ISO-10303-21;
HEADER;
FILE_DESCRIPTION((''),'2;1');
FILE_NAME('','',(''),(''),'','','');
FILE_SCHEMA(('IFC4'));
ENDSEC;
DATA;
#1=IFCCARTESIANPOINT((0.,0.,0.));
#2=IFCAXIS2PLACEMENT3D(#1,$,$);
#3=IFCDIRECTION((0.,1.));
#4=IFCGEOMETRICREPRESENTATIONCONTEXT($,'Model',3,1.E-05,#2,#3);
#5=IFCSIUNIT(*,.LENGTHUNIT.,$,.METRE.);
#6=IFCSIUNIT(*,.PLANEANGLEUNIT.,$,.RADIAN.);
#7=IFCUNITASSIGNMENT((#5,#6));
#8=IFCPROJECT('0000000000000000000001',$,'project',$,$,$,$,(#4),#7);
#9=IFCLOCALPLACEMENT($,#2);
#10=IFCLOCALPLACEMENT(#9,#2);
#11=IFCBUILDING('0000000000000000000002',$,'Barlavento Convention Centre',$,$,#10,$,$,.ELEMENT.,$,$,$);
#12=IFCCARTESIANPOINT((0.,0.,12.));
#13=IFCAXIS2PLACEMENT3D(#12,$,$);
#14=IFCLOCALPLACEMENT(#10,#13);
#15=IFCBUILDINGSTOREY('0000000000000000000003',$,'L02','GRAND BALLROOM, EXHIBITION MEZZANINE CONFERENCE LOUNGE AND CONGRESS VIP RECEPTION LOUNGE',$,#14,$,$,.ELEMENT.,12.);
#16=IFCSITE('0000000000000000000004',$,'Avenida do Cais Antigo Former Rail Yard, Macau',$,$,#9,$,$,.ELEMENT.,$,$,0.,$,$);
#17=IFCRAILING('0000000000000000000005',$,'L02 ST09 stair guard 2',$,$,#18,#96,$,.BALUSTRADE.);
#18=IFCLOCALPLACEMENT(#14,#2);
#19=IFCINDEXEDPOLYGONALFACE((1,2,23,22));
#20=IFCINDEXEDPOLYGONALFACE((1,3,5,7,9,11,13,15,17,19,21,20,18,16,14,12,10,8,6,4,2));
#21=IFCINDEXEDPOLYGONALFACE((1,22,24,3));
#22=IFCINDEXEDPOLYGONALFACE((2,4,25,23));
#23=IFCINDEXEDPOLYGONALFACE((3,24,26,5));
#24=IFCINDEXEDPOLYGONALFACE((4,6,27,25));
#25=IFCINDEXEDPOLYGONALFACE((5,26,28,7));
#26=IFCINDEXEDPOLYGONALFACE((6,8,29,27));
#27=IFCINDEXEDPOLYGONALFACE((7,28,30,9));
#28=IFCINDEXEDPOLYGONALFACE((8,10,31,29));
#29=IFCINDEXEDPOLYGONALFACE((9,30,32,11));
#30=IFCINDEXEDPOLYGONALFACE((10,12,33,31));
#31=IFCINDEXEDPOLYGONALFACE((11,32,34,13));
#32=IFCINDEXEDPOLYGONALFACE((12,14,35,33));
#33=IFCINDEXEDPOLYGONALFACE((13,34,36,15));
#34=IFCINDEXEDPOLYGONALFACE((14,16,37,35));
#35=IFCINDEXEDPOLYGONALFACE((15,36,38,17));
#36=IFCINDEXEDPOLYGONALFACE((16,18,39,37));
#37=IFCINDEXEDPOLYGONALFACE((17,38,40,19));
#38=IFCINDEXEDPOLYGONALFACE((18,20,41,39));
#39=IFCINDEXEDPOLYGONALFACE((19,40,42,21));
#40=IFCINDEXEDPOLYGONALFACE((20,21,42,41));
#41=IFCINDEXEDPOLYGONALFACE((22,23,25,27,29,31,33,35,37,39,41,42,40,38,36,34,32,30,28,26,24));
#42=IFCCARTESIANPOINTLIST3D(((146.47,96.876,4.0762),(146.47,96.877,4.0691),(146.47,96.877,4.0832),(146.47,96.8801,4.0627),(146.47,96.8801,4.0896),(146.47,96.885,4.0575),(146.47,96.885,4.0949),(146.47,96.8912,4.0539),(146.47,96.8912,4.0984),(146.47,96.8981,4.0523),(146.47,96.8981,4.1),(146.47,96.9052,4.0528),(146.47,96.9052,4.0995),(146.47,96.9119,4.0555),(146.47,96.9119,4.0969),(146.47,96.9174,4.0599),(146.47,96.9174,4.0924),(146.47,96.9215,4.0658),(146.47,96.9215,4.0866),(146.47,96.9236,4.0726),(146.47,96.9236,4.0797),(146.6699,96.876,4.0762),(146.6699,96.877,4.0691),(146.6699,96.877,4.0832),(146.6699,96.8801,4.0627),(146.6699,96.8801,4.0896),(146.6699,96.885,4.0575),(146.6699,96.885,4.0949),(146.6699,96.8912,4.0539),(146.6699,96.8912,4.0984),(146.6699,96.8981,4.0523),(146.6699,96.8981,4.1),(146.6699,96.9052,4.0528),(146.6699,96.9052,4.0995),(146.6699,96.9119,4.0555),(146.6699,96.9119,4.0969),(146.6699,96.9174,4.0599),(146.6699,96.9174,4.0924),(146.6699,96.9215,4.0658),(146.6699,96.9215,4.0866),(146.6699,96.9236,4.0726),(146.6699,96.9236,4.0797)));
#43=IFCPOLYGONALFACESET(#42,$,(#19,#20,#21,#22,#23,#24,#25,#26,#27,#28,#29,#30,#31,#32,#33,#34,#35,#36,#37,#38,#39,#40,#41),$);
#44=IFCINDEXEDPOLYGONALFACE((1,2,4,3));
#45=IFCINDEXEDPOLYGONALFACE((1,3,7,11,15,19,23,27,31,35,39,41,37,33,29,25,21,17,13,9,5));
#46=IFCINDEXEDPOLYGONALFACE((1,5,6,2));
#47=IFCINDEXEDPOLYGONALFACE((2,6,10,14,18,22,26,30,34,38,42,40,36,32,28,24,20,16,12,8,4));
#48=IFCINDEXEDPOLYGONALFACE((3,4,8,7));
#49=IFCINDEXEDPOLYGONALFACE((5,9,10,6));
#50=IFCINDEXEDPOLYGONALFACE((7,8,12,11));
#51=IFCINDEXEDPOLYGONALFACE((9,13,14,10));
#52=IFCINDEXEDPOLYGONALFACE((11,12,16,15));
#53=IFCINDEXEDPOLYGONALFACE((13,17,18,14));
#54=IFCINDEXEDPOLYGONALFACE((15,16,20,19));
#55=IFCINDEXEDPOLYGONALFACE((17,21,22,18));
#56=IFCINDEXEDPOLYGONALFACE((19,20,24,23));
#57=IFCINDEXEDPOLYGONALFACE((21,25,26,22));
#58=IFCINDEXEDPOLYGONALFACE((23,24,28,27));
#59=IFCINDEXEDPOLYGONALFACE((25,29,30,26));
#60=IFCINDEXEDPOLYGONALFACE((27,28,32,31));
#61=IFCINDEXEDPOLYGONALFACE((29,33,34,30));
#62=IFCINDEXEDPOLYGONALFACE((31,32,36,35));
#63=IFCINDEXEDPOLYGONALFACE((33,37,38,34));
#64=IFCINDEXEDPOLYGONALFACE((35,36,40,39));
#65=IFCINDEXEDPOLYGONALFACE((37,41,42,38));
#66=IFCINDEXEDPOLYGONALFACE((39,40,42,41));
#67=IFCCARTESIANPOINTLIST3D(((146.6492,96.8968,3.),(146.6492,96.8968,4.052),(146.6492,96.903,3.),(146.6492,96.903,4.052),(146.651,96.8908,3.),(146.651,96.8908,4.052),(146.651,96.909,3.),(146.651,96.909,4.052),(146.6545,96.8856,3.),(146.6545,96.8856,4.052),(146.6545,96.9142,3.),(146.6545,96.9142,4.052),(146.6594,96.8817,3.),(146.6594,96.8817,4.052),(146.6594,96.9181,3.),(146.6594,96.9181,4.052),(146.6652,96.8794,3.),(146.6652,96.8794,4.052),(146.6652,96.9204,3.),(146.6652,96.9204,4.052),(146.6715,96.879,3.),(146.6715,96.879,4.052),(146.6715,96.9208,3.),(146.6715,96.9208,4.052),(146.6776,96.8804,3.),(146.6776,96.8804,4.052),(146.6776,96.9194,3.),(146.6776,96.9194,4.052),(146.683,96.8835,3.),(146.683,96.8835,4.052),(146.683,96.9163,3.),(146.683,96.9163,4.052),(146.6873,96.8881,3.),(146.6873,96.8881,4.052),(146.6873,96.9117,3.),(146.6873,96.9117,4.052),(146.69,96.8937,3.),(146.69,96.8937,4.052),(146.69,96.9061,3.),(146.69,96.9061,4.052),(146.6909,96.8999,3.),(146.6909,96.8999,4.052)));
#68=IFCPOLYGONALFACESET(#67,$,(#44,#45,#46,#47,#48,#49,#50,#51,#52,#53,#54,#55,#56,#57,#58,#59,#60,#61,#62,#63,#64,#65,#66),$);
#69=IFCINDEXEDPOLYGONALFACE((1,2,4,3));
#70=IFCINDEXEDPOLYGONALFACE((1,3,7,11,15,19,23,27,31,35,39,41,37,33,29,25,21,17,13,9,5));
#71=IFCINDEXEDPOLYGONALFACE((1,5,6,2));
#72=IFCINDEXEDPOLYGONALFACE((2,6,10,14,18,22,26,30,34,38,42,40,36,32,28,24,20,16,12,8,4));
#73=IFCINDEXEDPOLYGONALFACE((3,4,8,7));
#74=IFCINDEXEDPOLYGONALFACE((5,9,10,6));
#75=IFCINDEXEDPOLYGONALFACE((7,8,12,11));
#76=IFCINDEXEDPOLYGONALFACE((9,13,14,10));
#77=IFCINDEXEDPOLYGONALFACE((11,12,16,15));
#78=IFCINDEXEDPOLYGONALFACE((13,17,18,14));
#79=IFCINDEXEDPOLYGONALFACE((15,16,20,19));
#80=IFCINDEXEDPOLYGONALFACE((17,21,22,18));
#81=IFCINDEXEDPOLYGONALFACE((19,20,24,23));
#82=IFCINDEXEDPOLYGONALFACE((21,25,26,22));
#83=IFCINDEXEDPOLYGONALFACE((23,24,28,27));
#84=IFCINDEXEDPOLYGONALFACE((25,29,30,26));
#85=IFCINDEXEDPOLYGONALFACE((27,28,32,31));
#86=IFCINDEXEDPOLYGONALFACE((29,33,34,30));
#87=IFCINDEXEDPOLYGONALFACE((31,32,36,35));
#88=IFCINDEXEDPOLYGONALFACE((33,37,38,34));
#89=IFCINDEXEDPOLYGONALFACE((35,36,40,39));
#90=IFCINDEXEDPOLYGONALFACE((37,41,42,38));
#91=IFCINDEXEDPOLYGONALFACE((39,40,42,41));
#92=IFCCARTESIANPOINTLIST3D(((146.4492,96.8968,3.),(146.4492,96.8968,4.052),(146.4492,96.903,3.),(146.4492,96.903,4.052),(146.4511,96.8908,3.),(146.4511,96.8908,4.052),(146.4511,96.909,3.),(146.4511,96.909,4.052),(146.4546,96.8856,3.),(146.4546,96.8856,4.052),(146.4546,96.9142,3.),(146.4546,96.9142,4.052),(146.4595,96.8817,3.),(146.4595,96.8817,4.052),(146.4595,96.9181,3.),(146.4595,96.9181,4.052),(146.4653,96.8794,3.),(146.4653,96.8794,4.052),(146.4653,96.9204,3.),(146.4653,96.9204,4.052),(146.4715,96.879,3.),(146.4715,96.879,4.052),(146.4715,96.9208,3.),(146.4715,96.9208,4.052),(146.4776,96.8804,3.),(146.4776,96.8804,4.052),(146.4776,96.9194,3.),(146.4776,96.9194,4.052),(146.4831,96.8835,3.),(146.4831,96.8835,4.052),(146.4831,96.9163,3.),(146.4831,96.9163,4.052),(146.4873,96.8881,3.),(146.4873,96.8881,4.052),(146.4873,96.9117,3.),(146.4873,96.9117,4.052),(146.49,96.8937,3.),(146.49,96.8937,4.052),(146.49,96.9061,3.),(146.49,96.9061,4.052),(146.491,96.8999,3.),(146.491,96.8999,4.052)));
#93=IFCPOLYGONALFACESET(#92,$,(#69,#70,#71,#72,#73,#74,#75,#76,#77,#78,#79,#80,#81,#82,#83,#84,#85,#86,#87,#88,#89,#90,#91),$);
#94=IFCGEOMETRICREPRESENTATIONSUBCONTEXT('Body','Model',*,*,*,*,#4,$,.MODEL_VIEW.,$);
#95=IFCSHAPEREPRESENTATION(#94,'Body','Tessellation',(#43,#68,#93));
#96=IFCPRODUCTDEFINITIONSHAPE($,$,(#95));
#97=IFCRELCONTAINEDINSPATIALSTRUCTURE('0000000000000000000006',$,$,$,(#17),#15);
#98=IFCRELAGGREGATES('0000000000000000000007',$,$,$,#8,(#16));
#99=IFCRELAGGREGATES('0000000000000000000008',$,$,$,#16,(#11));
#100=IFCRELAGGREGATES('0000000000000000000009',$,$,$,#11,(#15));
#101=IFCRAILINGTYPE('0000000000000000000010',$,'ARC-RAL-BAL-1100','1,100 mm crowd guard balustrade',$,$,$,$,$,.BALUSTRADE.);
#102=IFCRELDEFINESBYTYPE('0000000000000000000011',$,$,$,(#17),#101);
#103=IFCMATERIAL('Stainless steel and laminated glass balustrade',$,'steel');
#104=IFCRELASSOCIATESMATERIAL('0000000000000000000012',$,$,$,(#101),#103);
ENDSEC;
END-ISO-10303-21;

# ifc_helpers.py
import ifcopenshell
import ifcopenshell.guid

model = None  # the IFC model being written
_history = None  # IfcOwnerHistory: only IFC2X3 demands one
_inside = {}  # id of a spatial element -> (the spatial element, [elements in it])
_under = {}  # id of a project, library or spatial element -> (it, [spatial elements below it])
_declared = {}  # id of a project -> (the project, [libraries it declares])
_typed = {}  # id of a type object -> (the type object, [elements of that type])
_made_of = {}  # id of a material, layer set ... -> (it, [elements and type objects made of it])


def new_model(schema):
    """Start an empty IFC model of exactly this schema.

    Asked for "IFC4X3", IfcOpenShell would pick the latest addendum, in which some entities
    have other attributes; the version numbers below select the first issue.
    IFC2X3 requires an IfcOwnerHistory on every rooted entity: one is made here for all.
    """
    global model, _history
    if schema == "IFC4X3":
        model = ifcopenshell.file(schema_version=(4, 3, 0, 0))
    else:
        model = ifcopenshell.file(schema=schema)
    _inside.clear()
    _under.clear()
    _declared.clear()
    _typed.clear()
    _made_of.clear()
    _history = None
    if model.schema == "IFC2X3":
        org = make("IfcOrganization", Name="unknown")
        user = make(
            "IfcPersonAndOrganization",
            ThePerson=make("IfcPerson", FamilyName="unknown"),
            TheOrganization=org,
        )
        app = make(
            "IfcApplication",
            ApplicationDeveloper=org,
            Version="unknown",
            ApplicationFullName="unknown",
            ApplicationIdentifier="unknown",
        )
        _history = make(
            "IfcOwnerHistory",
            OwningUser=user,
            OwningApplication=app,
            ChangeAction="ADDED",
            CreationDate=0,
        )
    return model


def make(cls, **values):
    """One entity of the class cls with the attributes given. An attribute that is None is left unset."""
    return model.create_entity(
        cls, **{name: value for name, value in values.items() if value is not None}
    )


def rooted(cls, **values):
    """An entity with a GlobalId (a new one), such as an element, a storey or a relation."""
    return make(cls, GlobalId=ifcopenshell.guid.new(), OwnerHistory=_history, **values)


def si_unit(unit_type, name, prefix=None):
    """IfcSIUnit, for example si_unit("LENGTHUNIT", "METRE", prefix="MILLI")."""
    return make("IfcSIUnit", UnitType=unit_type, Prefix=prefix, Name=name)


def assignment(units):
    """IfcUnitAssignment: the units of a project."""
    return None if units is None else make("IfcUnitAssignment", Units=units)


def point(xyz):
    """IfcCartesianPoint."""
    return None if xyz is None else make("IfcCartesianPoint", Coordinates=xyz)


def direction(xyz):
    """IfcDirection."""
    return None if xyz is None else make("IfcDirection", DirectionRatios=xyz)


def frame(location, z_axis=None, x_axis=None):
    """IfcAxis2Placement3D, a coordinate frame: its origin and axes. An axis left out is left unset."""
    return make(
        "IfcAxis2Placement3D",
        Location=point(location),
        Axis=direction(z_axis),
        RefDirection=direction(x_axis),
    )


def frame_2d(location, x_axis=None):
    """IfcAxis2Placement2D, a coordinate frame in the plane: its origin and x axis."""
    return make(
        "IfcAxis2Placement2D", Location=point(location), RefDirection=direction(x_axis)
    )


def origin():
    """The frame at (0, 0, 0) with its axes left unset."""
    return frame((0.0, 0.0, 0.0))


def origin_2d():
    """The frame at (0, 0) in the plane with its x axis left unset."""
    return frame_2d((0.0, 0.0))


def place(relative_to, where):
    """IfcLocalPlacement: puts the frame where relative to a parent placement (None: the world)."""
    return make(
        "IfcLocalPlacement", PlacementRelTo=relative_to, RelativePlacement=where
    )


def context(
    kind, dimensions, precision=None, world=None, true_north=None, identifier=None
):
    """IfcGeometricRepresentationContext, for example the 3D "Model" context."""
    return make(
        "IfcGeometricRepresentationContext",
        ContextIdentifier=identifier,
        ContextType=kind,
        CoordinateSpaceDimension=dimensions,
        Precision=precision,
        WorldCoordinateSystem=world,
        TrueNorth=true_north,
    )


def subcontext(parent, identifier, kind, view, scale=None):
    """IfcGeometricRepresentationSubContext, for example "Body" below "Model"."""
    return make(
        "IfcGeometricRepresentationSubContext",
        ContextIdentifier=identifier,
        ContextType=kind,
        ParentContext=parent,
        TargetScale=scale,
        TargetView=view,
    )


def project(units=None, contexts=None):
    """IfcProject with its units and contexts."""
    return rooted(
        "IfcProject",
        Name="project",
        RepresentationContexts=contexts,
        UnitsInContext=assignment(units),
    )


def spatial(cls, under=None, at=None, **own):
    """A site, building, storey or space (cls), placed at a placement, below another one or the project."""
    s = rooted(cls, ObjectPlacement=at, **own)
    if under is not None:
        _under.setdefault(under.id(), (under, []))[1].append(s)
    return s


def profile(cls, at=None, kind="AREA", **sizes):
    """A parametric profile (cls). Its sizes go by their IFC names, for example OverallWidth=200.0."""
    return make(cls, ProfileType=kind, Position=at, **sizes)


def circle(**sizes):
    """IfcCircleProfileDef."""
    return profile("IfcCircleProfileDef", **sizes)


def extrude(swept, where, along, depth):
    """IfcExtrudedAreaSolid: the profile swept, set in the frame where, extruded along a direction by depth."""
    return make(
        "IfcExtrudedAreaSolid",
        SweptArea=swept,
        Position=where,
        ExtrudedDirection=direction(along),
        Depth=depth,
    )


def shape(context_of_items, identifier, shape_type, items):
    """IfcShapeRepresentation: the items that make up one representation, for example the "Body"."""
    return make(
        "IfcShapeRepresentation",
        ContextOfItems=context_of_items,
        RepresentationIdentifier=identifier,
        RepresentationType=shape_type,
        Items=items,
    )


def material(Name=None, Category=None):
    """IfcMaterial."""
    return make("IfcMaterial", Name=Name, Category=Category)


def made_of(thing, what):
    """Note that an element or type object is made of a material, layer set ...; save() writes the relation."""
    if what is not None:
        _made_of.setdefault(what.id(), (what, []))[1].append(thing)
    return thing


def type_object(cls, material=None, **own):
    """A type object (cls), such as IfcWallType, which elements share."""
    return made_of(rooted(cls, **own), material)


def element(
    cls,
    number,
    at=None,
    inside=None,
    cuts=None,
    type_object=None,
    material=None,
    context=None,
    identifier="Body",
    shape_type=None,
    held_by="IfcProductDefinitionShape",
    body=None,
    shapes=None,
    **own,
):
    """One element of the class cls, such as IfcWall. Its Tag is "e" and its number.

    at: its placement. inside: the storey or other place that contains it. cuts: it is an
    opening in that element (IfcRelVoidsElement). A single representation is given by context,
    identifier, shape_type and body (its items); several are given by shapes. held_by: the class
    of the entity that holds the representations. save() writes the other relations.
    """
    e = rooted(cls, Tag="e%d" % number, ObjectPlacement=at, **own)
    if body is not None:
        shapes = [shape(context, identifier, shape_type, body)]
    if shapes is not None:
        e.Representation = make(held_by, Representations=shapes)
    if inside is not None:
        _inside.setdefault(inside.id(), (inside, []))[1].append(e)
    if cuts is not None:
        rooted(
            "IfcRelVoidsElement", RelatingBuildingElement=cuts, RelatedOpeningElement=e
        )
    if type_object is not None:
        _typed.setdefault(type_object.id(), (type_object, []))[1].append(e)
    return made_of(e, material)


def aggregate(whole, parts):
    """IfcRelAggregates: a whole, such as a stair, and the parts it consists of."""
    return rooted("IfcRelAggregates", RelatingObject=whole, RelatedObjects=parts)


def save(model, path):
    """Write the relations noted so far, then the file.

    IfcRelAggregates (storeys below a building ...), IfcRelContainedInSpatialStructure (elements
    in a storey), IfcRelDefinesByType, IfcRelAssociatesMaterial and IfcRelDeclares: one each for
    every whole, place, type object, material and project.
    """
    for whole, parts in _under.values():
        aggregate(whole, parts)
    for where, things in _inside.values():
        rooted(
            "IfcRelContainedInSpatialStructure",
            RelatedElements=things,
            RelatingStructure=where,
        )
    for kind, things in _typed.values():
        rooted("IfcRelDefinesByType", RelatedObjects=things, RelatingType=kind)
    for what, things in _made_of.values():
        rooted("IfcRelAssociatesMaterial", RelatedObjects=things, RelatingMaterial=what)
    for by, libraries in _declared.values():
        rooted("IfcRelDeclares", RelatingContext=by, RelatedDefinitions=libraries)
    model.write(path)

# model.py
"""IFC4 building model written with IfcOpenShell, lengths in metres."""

from ifc_helpers import new_model, si_unit, direction, frame, origin, origin_2d, place, context, subcontext, project, spatial, circle, extrude, material, type_object, element, save


model = new_model("IFC4")

# Units and contexts
model_context = context("Model", 3, precision=1e-05, world=origin(), true_north=direction((0.0, 1.0)))
body_context = subcontext(model_context, "Body", "Model", "MODEL_VIEW")
ifc_project = project(units=[si_unit("LENGTHUNIT", "METRE"), si_unit("PLANEANGLEUNIT", "RADIAN")], contexts=[model_context])

# Site, building, storey
site_placement = place(None, origin())
site = spatial("IfcSite", under=ifc_project, at=site_placement, Name="Avenida do Cais Antigo Former Rail Yard, Macau", CompositionType="ELEMENT", RefElevation=0.0)
building_placement = place(site_placement, origin())
building = spatial("IfcBuilding", under=site, at=building_placement, Name="Barlavento Convention Centre", CompositionType="ELEMENT")
storey_placement = place(building_placement, frame((0.0, 0.0, 12.0)))
storey = spatial("IfcBuildingStorey", under=building, at=storey_placement, Name="L02", Description="GRAND BALLROOM, EXHIBITION MEZZANINE CONFERENCE LOUNGE AND CONGRESS VIP RECEPTION LOUNGE", CompositionType="ELEMENT", Elevation=12.0)

# Railing
ifc_material_1 = material(Name="Stainless steel and laminated glass balustrade", Category="steel")
railing_type_1 = type_object("IfcRailingType", Name="ARC-RAL-BAL-1100", Description="1,100 mm crowd guard balustrade", PredefinedType="BALUSTRADE", material=ifc_material_1)
railing_1_placement = place(storey_placement, frame((146.6699, 96.8999, 3.0)))
element("IfcRailing", 1, at=railing_1_placement, inside=storey, type_object=railing_type_1, Name="L02 ST09 stair guard 2", PredefinedType="BALUSTRADE", context=body_context, shape_type="SweptSolid", body=[
    extrude(circle(Radius=0.0239, at=origin_2d()), frame((0.0, 0.0, 1.0762), z_axis=(-1.0, 0.0, 0.0), x_axis=(0.0, -1.0, 0.0)), (0.0, 0.0, 1.0), 0.2),
    extrude(circle(Radius=0.021, at=origin_2d()), origin(), (0.0, 0.0, 1.0), 1.052),
    extrude(circle(Radius=0.021, at=origin_2d()), frame((-0.2, 0.0, 0.0)), (0.0, 0.0, 1.0), 1.052),
])

save(model, "model.ifc")
